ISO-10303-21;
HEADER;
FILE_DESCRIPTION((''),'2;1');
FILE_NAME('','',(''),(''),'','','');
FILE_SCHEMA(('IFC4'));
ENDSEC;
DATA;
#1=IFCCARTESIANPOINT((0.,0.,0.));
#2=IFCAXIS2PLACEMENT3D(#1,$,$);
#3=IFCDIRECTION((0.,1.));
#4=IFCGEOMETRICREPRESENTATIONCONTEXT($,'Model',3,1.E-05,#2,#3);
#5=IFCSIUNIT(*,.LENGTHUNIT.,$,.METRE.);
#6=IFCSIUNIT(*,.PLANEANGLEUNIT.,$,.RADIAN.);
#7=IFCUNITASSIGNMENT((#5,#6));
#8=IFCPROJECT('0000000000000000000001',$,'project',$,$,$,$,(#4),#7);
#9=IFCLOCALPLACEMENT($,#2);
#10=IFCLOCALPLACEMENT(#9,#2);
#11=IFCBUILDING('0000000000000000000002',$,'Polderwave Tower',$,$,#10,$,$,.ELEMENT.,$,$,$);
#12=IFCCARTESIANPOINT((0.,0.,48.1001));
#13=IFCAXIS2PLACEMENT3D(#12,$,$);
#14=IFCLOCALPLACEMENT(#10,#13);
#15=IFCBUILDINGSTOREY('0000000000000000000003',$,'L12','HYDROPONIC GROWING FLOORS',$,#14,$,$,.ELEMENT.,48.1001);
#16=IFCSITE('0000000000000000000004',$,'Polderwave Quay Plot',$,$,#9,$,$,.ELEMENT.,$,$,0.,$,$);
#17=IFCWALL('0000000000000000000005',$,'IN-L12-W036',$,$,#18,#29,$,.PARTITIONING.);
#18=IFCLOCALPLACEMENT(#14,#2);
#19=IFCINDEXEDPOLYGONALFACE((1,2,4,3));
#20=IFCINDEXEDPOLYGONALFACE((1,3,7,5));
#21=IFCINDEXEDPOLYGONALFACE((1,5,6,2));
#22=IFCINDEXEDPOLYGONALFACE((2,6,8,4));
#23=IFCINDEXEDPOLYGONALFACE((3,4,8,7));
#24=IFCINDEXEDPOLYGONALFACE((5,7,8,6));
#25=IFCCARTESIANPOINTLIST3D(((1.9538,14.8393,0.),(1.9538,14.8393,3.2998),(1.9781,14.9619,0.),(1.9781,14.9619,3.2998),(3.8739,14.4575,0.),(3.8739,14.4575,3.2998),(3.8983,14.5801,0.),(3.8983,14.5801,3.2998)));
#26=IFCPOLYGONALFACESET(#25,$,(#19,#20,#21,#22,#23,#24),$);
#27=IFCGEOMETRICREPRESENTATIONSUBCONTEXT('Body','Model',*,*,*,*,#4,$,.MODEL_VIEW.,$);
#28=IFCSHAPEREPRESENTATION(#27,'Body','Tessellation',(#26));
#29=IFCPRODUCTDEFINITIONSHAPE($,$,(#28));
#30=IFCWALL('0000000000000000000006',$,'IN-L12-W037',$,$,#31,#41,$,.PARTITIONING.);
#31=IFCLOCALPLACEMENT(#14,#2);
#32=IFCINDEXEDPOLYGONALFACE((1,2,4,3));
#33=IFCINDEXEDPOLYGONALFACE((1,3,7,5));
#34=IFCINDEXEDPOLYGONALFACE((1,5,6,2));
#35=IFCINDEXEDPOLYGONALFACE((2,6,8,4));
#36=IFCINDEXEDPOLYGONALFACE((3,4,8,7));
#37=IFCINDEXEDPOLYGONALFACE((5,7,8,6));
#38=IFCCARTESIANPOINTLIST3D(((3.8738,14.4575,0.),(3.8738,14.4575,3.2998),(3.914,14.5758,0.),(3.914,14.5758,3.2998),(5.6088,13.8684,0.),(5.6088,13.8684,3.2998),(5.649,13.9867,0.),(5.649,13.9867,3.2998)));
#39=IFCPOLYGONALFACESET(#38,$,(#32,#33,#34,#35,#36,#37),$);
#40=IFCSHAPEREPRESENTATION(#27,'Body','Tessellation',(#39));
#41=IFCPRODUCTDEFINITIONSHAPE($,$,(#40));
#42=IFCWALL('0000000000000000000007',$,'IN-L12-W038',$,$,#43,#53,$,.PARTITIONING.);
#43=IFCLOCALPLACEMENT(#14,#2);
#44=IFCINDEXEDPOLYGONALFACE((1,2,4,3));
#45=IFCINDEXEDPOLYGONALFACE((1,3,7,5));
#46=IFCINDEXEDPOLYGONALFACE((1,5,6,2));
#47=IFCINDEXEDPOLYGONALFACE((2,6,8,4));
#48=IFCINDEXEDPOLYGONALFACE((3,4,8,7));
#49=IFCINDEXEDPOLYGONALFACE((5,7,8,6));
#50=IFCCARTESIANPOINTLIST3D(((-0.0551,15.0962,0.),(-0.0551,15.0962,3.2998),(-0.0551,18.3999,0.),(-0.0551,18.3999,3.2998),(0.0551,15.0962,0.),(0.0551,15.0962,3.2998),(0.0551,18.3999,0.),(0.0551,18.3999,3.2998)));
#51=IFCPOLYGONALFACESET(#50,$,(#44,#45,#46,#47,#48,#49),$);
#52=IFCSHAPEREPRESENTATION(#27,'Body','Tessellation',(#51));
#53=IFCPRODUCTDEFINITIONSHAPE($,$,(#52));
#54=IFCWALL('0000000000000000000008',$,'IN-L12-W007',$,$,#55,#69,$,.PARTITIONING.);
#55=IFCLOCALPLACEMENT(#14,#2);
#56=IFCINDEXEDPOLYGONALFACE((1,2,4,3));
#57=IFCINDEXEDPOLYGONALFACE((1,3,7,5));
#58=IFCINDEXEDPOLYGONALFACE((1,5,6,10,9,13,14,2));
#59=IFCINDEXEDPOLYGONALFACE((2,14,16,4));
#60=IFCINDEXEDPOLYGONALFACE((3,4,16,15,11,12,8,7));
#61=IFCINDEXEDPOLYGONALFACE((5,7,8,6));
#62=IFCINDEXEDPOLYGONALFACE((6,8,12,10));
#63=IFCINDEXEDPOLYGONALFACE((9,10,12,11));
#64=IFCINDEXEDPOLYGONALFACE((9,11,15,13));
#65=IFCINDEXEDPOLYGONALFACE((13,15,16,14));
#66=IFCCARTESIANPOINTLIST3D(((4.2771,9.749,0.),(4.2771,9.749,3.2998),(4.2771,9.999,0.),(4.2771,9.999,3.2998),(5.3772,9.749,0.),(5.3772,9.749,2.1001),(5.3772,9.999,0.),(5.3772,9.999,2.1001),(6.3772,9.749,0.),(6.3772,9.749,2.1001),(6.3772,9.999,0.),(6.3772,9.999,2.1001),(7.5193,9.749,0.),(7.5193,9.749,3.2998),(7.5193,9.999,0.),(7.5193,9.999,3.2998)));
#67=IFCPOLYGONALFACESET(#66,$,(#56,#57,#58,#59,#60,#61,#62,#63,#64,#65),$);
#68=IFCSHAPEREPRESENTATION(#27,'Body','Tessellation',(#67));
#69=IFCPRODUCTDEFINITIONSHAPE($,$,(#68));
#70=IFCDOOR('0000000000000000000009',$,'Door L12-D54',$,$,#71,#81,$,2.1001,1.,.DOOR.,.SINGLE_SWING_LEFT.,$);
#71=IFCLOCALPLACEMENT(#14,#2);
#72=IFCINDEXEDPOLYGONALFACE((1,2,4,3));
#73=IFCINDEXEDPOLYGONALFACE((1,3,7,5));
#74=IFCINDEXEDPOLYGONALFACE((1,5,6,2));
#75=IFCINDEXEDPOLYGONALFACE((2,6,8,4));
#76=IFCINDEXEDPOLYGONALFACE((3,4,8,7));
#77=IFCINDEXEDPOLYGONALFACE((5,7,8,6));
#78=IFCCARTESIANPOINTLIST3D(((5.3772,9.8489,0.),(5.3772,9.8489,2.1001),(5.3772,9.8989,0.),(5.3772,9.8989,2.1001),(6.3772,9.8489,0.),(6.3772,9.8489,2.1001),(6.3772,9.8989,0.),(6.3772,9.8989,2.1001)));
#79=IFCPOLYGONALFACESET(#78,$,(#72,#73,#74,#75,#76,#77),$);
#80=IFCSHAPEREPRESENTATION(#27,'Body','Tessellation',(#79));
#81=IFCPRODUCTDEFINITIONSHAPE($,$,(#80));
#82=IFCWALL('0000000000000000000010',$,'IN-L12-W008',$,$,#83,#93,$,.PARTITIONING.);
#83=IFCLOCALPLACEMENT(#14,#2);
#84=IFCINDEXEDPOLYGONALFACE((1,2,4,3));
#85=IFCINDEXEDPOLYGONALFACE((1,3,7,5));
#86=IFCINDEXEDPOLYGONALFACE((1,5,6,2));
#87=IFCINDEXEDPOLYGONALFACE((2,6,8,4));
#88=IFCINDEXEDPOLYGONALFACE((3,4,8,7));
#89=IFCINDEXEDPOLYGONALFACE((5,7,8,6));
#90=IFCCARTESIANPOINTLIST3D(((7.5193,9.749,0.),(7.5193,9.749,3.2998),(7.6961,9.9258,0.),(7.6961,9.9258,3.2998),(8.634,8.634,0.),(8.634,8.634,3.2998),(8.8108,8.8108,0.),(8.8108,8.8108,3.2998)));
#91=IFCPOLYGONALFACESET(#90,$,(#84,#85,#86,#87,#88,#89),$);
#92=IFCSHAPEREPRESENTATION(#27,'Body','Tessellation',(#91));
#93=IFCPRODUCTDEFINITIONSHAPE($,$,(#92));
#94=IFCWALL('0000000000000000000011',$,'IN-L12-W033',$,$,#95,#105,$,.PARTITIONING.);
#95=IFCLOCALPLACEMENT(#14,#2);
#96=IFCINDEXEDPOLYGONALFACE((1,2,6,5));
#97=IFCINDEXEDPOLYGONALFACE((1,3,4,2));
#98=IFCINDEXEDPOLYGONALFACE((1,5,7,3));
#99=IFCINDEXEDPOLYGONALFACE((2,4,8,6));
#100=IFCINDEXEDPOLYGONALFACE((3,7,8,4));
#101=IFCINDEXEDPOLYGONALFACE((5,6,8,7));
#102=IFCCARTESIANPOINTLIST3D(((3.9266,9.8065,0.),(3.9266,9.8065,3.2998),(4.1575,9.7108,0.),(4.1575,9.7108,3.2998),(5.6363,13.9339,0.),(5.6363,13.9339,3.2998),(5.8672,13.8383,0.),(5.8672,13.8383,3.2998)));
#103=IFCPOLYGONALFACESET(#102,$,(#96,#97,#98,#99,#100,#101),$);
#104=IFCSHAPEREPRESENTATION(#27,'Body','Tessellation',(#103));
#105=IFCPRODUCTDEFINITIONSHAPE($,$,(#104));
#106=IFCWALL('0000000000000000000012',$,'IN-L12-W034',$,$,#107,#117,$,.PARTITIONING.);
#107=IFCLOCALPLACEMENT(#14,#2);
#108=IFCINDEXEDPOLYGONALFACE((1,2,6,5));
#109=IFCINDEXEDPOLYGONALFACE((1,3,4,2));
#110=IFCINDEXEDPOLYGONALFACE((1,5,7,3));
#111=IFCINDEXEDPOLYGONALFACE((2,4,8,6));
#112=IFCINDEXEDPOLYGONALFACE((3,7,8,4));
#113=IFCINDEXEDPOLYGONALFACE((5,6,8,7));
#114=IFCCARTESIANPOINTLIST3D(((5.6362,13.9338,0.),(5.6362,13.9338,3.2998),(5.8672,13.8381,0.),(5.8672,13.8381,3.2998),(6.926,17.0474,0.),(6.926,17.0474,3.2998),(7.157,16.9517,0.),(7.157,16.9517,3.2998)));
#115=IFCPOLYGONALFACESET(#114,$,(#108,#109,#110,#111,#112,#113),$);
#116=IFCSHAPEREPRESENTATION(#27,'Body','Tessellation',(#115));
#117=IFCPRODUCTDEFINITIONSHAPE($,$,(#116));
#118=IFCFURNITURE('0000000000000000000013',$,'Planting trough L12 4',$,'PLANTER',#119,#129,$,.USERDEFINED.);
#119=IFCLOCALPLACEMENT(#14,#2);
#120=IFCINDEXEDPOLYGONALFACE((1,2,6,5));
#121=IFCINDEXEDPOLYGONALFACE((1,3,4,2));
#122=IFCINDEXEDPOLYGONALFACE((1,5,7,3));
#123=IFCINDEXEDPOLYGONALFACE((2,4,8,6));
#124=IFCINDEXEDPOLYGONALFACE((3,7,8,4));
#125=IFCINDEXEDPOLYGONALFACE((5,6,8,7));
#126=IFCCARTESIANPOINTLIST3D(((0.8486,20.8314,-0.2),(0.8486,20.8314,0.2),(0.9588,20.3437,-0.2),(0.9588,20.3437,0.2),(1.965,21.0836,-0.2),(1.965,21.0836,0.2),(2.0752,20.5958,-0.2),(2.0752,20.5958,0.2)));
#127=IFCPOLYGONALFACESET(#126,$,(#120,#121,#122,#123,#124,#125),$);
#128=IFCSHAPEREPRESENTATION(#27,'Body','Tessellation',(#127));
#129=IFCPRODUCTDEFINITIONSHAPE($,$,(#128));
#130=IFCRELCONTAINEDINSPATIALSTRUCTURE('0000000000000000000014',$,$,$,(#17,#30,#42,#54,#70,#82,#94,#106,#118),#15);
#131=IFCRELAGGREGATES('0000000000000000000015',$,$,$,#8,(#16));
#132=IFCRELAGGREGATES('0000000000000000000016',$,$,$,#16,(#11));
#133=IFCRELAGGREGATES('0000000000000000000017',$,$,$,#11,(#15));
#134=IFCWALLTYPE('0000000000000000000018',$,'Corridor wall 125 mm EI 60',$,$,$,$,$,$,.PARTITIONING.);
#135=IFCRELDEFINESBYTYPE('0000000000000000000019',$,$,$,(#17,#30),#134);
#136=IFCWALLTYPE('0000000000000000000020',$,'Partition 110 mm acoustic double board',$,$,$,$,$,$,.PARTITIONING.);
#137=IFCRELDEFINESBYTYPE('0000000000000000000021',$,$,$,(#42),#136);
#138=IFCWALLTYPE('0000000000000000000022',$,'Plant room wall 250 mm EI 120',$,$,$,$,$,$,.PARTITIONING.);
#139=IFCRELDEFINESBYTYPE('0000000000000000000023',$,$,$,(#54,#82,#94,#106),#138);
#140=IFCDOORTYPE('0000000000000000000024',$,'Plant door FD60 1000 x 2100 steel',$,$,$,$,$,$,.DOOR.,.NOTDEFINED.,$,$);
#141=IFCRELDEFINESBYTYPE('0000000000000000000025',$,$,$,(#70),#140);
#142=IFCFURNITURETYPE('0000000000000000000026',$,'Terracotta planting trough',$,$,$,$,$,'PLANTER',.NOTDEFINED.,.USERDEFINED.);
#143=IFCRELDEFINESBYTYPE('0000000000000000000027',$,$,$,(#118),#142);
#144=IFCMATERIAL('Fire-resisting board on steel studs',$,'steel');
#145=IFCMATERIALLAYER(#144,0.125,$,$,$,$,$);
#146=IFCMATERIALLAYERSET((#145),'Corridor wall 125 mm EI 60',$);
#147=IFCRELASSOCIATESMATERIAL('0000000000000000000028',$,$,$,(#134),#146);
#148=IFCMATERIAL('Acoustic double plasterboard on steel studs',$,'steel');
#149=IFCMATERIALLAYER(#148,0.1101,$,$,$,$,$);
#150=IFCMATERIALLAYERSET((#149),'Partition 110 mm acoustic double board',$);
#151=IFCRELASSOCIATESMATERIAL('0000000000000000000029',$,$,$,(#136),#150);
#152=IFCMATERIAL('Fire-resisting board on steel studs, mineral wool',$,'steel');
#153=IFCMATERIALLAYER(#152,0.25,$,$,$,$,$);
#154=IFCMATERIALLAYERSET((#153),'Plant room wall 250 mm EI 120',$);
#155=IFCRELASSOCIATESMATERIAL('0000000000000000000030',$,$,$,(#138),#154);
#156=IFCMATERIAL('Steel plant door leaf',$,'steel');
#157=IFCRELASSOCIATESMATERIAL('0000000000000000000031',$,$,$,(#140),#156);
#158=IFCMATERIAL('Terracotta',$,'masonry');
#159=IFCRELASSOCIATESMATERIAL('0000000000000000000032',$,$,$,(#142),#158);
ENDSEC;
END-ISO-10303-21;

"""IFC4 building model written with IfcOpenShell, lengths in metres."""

from ifc_helpers import new_model, si_unit, direction, frame, frame_2d, origin, origin_2d, place, context, subcontext, project, spatial, rectangle, extrude, material, layer, layer_set, type_object, element, fill, save


model = new_model("IFC4")

# Units and contexts
model_context = context("Model", 3, precision=1e-05, world=origin(), true_north=direction((0.0, 1.0)))
body_context = subcontext(model_context, "Body", "Model", "MODEL_VIEW")
ifc_project = project(units=[si_unit("LENGTHUNIT", "METRE"), si_unit("PLANEANGLEUNIT", "RADIAN")], contexts=[model_context])

# Site, building, storey
site_placement = place(None, origin())
site = spatial("IfcSite", under=ifc_project, at=site_placement, Name="Polderwave Quay Plot", CompositionType="ELEMENT", RefElevation=0.0)
building_placement = place(site_placement, origin())
building = spatial("IfcBuilding", under=site, at=building_placement, Name="Polderwave Tower", CompositionType="ELEMENT")
storey_placement = place(building_placement, frame((0.0, 0.0, 48.1001)))
storey = spatial("IfcBuildingStorey", under=building, at=storey_placement, Name="L12", Description="HYDROPONIC GROWING FLOORS", CompositionType="ELEMENT", Elevation=48.1001)

# Shared definitions
ifc_material_1 = material(Name="Fire-resisting board on steel studs", Category="steel")
ifc_layer_1 = layer(ifc_material_1, 0.125)
ifc_layer_set_1 = layer_set([ifc_layer_1], Name="Corridor wall 125 mm EI 60")
wall_type_1 = type_object("IfcWallType", Name="Corridor wall 125 mm EI 60", PredefinedType="PARTITIONING", material=ifc_layer_set_1)

# Walls
wall_1_placement = place(storey_placement, frame((1.9658, 14.9006, 0.0), z_axis=(0.0, 0.0, 1.0), x_axis=(0.980796, -0.195037, 0.0)))
element("IfcWall", 1, at=wall_1_placement, inside=storey, type_object=wall_type_1, Name="IN-L12-W036", PredefinedType="PARTITIONING", context=body_context, shape_type="SweptSolid", body=[
    extrude(rectangle(XDim=1.9578, YDim=0.125, at=frame_2d((0.979, 0.0))), origin(), (0.0, 0.0, 1.0), 3.2998),
])
wall_2_placement = place(storey_placement, frame((3.894, 14.5166, 0.0), z_axis=(0.0, 0.0, 1.0), x_axis=(0.94691, -0.321499, 0.0)))
element("IfcWall", 2, at=wall_2_placement, inside=storey, type_object=wall_type_1, Name="IN-L12-W037", PredefinedType="PARTITIONING", context=body_context, shape_type="SweptSolid", body=[
    extrude(rectangle(XDim=1.8323, YDim=0.125, at=frame_2d((0.916, 0.0))), origin(), (0.0, 0.0, 1.0), 3.2998),
])
ifc_material_2 = material(Name="Acoustic double plasterboard on steel studs", Category="steel")
ifc_layer_2 = layer(ifc_material_2, 0.1101)
ifc_layer_set_2 = layer_set([ifc_layer_2], Name="Partition 110 mm acoustic double board")
wall_type_2 = type_object("IfcWallType", Name="Partition 110 mm acoustic double board", PredefinedType="PARTITIONING", material=ifc_layer_set_2)
wall_3_placement = place(storey_placement, frame((0.0, 15.0962, 0.0), z_axis=(0.0, 0.0, 1.0), x_axis=(0.0, 1.0, 0.0)))
element("IfcWall", 3, at=wall_3_placement, inside=storey, type_object=wall_type_2, Name="IN-L12-W038", PredefinedType="PARTITIONING", context=body_context, shape_type="SweptSolid", body=[
    extrude(rectangle(XDim=3.3037, YDim=0.1101, at=frame_2d((1.6519, 0.0))), origin(), (0.0, 0.0, 1.0), 3.2998),
])

# Wall, opening, door
ifc_material_3 = material(Name="Fire-resisting board on steel studs, mineral wool", Category="steel")
ifc_layer_3 = layer(ifc_material_3, 0.25)
ifc_layer_set_3 = layer_set([ifc_layer_3], Name="Plant room wall 250 mm EI 120")
wall_type_3 = type_object("IfcWallType", Name="Plant room wall 250 mm EI 120", PredefinedType="PARTITIONING", material=ifc_layer_set_3)
wall_4_placement = place(storey_placement, frame((4.2771, 9.874, 0.0), z_axis=(0.0, 0.0, 1.0), x_axis=(1.0, 0.0, 0.0)))
wall_4 = element("IfcWall", 4, at=wall_4_placement, inside=storey, type_object=wall_type_3, Name="IN-L12-W007", PredefinedType="PARTITIONING", context=body_context, shape_type="SweptSolid", body=[
    extrude(rectangle(XDim=3.2422, YDim=0.25, at=frame_2d((1.6211, 0.0))), origin(), (0.0, 0.0, 1.0), 3.2998),
])
opening_1_placement = place(wall_4_placement, frame((1.1001, 0.0, 0.0)))
opening_1 = element("IfcOpeningElement", 5, at=opening_1_placement, cuts=wall_4, PredefinedType="OPENING", context=body_context, shape_type="SweptSolid", body=[
    extrude(rectangle(XDim=1.0, YDim=2.1001, at=frame_2d((0.5, 1.05))), frame((0.0, 0.135, 0.0), z_axis=(0.0, -1.0, 0.0), x_axis=(1.0, 0.0, 0.0)), (0.0, 0.0, 1.0), 0.27),
])
ifc_material_4 = material(Name="Steel plant door leaf", Category="steel")
door_type_1 = type_object("IfcDoorType", Name="Plant door FD60 1000 x 2100 steel", OperationType="NOTDEFINED", PredefinedType="DOOR", material=ifc_material_4)
door_1_placement = place(opening_1_placement, origin())
door_1 = element("IfcDoor", 6, at=door_1_placement, inside=storey, type_object=door_type_1, Name="Door L12-D54", OperationType="SINGLE_SWING_LEFT", OverallHeight=2.1001, OverallWidth=1.0, PredefinedType="DOOR", context=body_context, shape_type="SweptSolid", body=[
    extrude(rectangle(XDim=1.0, YDim=2.1001, at=frame_2d((0.5, 1.05))), frame((0.0, 0.0249, 0.0), z_axis=(0.0, -1.0, 0.0), x_axis=(1.0, 0.0, 0.0)), (0.0, 0.0, 1.0), 0.05),
])
fill(opening_1, door_1)

# Walls
wall_5_placement = place(storey_placement, frame((7.6077, 9.8374, 0.0), z_axis=(0.0, 0.0, 1.0), x_axis=(0.707029, -0.707184, 0.0)))
element("IfcWall", 7, at=wall_5_placement, inside=storey, type_object=wall_type_3, Name="IN-L12-W008", PredefinedType="PARTITIONING", context=body_context, shape_type="SweptSolid", body=[
    extrude(rectangle(XDim=1.5767, YDim=0.25, at=frame_2d((0.7883, 0.0))), origin(), (0.0, 0.0, 1.0), 3.2998),
])
wall_6_placement = place(storey_placement, frame((4.042, 9.7585, 0.0), z_axis=(0.0, 0.0, 1.0), x_axis=(0.382698, 0.923874, 0.0)))
element("IfcWall", 8, at=wall_6_placement, inside=storey, type_object=wall_type_3, Name="IN-L12-W033", PredefinedType="PARTITIONING", context=body_context, shape_type="SweptSolid", body=[
    extrude(rectangle(XDim=4.4675, YDim=0.25, at=frame_2d((2.2339, 0.0))), origin(), (0.0, 0.0, 1.0), 3.2998),
])
wall_7_placement = place(storey_placement, frame((5.7517, 13.886, 0.0), z_axis=(0.0, 0.0, 1.0), x_axis=(0.382716, 0.923866, 0.0)))
element("IfcWall", 9, at=wall_7_placement, inside=storey, type_object=wall_type_3, Name="IN-L12-W034", PredefinedType="PARTITIONING", context=body_context, shape_type="SweptSolid", body=[
    extrude(rectangle(XDim=3.3701, YDim=0.25, at=frame_2d((1.6851, 0.0))), origin(), (0.0, 0.0, 1.0), 3.2998),
])

# Furniture
ifc_material_5 = material(Name="Terracotta", Category="masonry")
furniture_type = type_object("IfcFurnitureType", Name="Terracotta planting trough", ElementType="PLANTER", AssemblyPlace="NOTDEFINED", PredefinedType="USERDEFINED", material=ifc_material_5)
furniture_placement = place(storey_placement, frame((1.4619, 20.7136, -0.2), z_axis=(0.0, 0.0, 1.0), x_axis=(-0.975429, -0.220313, 0.0)))
element("IfcFurniture", 10, at=furniture_placement, inside=storey, type_object=furniture_type, Name="Planting trough L12 4", ObjectType="PLANTER", PredefinedType="USERDEFINED", context=body_context, shape_type="SweptSolid", body=[
    extrude(rectangle(XDim=1.1445, YDim=0.5, at=origin_2d()), origin(), (0.0, 0.0, 1.0), 0.3999),
])

save(model, "model.ifc")
